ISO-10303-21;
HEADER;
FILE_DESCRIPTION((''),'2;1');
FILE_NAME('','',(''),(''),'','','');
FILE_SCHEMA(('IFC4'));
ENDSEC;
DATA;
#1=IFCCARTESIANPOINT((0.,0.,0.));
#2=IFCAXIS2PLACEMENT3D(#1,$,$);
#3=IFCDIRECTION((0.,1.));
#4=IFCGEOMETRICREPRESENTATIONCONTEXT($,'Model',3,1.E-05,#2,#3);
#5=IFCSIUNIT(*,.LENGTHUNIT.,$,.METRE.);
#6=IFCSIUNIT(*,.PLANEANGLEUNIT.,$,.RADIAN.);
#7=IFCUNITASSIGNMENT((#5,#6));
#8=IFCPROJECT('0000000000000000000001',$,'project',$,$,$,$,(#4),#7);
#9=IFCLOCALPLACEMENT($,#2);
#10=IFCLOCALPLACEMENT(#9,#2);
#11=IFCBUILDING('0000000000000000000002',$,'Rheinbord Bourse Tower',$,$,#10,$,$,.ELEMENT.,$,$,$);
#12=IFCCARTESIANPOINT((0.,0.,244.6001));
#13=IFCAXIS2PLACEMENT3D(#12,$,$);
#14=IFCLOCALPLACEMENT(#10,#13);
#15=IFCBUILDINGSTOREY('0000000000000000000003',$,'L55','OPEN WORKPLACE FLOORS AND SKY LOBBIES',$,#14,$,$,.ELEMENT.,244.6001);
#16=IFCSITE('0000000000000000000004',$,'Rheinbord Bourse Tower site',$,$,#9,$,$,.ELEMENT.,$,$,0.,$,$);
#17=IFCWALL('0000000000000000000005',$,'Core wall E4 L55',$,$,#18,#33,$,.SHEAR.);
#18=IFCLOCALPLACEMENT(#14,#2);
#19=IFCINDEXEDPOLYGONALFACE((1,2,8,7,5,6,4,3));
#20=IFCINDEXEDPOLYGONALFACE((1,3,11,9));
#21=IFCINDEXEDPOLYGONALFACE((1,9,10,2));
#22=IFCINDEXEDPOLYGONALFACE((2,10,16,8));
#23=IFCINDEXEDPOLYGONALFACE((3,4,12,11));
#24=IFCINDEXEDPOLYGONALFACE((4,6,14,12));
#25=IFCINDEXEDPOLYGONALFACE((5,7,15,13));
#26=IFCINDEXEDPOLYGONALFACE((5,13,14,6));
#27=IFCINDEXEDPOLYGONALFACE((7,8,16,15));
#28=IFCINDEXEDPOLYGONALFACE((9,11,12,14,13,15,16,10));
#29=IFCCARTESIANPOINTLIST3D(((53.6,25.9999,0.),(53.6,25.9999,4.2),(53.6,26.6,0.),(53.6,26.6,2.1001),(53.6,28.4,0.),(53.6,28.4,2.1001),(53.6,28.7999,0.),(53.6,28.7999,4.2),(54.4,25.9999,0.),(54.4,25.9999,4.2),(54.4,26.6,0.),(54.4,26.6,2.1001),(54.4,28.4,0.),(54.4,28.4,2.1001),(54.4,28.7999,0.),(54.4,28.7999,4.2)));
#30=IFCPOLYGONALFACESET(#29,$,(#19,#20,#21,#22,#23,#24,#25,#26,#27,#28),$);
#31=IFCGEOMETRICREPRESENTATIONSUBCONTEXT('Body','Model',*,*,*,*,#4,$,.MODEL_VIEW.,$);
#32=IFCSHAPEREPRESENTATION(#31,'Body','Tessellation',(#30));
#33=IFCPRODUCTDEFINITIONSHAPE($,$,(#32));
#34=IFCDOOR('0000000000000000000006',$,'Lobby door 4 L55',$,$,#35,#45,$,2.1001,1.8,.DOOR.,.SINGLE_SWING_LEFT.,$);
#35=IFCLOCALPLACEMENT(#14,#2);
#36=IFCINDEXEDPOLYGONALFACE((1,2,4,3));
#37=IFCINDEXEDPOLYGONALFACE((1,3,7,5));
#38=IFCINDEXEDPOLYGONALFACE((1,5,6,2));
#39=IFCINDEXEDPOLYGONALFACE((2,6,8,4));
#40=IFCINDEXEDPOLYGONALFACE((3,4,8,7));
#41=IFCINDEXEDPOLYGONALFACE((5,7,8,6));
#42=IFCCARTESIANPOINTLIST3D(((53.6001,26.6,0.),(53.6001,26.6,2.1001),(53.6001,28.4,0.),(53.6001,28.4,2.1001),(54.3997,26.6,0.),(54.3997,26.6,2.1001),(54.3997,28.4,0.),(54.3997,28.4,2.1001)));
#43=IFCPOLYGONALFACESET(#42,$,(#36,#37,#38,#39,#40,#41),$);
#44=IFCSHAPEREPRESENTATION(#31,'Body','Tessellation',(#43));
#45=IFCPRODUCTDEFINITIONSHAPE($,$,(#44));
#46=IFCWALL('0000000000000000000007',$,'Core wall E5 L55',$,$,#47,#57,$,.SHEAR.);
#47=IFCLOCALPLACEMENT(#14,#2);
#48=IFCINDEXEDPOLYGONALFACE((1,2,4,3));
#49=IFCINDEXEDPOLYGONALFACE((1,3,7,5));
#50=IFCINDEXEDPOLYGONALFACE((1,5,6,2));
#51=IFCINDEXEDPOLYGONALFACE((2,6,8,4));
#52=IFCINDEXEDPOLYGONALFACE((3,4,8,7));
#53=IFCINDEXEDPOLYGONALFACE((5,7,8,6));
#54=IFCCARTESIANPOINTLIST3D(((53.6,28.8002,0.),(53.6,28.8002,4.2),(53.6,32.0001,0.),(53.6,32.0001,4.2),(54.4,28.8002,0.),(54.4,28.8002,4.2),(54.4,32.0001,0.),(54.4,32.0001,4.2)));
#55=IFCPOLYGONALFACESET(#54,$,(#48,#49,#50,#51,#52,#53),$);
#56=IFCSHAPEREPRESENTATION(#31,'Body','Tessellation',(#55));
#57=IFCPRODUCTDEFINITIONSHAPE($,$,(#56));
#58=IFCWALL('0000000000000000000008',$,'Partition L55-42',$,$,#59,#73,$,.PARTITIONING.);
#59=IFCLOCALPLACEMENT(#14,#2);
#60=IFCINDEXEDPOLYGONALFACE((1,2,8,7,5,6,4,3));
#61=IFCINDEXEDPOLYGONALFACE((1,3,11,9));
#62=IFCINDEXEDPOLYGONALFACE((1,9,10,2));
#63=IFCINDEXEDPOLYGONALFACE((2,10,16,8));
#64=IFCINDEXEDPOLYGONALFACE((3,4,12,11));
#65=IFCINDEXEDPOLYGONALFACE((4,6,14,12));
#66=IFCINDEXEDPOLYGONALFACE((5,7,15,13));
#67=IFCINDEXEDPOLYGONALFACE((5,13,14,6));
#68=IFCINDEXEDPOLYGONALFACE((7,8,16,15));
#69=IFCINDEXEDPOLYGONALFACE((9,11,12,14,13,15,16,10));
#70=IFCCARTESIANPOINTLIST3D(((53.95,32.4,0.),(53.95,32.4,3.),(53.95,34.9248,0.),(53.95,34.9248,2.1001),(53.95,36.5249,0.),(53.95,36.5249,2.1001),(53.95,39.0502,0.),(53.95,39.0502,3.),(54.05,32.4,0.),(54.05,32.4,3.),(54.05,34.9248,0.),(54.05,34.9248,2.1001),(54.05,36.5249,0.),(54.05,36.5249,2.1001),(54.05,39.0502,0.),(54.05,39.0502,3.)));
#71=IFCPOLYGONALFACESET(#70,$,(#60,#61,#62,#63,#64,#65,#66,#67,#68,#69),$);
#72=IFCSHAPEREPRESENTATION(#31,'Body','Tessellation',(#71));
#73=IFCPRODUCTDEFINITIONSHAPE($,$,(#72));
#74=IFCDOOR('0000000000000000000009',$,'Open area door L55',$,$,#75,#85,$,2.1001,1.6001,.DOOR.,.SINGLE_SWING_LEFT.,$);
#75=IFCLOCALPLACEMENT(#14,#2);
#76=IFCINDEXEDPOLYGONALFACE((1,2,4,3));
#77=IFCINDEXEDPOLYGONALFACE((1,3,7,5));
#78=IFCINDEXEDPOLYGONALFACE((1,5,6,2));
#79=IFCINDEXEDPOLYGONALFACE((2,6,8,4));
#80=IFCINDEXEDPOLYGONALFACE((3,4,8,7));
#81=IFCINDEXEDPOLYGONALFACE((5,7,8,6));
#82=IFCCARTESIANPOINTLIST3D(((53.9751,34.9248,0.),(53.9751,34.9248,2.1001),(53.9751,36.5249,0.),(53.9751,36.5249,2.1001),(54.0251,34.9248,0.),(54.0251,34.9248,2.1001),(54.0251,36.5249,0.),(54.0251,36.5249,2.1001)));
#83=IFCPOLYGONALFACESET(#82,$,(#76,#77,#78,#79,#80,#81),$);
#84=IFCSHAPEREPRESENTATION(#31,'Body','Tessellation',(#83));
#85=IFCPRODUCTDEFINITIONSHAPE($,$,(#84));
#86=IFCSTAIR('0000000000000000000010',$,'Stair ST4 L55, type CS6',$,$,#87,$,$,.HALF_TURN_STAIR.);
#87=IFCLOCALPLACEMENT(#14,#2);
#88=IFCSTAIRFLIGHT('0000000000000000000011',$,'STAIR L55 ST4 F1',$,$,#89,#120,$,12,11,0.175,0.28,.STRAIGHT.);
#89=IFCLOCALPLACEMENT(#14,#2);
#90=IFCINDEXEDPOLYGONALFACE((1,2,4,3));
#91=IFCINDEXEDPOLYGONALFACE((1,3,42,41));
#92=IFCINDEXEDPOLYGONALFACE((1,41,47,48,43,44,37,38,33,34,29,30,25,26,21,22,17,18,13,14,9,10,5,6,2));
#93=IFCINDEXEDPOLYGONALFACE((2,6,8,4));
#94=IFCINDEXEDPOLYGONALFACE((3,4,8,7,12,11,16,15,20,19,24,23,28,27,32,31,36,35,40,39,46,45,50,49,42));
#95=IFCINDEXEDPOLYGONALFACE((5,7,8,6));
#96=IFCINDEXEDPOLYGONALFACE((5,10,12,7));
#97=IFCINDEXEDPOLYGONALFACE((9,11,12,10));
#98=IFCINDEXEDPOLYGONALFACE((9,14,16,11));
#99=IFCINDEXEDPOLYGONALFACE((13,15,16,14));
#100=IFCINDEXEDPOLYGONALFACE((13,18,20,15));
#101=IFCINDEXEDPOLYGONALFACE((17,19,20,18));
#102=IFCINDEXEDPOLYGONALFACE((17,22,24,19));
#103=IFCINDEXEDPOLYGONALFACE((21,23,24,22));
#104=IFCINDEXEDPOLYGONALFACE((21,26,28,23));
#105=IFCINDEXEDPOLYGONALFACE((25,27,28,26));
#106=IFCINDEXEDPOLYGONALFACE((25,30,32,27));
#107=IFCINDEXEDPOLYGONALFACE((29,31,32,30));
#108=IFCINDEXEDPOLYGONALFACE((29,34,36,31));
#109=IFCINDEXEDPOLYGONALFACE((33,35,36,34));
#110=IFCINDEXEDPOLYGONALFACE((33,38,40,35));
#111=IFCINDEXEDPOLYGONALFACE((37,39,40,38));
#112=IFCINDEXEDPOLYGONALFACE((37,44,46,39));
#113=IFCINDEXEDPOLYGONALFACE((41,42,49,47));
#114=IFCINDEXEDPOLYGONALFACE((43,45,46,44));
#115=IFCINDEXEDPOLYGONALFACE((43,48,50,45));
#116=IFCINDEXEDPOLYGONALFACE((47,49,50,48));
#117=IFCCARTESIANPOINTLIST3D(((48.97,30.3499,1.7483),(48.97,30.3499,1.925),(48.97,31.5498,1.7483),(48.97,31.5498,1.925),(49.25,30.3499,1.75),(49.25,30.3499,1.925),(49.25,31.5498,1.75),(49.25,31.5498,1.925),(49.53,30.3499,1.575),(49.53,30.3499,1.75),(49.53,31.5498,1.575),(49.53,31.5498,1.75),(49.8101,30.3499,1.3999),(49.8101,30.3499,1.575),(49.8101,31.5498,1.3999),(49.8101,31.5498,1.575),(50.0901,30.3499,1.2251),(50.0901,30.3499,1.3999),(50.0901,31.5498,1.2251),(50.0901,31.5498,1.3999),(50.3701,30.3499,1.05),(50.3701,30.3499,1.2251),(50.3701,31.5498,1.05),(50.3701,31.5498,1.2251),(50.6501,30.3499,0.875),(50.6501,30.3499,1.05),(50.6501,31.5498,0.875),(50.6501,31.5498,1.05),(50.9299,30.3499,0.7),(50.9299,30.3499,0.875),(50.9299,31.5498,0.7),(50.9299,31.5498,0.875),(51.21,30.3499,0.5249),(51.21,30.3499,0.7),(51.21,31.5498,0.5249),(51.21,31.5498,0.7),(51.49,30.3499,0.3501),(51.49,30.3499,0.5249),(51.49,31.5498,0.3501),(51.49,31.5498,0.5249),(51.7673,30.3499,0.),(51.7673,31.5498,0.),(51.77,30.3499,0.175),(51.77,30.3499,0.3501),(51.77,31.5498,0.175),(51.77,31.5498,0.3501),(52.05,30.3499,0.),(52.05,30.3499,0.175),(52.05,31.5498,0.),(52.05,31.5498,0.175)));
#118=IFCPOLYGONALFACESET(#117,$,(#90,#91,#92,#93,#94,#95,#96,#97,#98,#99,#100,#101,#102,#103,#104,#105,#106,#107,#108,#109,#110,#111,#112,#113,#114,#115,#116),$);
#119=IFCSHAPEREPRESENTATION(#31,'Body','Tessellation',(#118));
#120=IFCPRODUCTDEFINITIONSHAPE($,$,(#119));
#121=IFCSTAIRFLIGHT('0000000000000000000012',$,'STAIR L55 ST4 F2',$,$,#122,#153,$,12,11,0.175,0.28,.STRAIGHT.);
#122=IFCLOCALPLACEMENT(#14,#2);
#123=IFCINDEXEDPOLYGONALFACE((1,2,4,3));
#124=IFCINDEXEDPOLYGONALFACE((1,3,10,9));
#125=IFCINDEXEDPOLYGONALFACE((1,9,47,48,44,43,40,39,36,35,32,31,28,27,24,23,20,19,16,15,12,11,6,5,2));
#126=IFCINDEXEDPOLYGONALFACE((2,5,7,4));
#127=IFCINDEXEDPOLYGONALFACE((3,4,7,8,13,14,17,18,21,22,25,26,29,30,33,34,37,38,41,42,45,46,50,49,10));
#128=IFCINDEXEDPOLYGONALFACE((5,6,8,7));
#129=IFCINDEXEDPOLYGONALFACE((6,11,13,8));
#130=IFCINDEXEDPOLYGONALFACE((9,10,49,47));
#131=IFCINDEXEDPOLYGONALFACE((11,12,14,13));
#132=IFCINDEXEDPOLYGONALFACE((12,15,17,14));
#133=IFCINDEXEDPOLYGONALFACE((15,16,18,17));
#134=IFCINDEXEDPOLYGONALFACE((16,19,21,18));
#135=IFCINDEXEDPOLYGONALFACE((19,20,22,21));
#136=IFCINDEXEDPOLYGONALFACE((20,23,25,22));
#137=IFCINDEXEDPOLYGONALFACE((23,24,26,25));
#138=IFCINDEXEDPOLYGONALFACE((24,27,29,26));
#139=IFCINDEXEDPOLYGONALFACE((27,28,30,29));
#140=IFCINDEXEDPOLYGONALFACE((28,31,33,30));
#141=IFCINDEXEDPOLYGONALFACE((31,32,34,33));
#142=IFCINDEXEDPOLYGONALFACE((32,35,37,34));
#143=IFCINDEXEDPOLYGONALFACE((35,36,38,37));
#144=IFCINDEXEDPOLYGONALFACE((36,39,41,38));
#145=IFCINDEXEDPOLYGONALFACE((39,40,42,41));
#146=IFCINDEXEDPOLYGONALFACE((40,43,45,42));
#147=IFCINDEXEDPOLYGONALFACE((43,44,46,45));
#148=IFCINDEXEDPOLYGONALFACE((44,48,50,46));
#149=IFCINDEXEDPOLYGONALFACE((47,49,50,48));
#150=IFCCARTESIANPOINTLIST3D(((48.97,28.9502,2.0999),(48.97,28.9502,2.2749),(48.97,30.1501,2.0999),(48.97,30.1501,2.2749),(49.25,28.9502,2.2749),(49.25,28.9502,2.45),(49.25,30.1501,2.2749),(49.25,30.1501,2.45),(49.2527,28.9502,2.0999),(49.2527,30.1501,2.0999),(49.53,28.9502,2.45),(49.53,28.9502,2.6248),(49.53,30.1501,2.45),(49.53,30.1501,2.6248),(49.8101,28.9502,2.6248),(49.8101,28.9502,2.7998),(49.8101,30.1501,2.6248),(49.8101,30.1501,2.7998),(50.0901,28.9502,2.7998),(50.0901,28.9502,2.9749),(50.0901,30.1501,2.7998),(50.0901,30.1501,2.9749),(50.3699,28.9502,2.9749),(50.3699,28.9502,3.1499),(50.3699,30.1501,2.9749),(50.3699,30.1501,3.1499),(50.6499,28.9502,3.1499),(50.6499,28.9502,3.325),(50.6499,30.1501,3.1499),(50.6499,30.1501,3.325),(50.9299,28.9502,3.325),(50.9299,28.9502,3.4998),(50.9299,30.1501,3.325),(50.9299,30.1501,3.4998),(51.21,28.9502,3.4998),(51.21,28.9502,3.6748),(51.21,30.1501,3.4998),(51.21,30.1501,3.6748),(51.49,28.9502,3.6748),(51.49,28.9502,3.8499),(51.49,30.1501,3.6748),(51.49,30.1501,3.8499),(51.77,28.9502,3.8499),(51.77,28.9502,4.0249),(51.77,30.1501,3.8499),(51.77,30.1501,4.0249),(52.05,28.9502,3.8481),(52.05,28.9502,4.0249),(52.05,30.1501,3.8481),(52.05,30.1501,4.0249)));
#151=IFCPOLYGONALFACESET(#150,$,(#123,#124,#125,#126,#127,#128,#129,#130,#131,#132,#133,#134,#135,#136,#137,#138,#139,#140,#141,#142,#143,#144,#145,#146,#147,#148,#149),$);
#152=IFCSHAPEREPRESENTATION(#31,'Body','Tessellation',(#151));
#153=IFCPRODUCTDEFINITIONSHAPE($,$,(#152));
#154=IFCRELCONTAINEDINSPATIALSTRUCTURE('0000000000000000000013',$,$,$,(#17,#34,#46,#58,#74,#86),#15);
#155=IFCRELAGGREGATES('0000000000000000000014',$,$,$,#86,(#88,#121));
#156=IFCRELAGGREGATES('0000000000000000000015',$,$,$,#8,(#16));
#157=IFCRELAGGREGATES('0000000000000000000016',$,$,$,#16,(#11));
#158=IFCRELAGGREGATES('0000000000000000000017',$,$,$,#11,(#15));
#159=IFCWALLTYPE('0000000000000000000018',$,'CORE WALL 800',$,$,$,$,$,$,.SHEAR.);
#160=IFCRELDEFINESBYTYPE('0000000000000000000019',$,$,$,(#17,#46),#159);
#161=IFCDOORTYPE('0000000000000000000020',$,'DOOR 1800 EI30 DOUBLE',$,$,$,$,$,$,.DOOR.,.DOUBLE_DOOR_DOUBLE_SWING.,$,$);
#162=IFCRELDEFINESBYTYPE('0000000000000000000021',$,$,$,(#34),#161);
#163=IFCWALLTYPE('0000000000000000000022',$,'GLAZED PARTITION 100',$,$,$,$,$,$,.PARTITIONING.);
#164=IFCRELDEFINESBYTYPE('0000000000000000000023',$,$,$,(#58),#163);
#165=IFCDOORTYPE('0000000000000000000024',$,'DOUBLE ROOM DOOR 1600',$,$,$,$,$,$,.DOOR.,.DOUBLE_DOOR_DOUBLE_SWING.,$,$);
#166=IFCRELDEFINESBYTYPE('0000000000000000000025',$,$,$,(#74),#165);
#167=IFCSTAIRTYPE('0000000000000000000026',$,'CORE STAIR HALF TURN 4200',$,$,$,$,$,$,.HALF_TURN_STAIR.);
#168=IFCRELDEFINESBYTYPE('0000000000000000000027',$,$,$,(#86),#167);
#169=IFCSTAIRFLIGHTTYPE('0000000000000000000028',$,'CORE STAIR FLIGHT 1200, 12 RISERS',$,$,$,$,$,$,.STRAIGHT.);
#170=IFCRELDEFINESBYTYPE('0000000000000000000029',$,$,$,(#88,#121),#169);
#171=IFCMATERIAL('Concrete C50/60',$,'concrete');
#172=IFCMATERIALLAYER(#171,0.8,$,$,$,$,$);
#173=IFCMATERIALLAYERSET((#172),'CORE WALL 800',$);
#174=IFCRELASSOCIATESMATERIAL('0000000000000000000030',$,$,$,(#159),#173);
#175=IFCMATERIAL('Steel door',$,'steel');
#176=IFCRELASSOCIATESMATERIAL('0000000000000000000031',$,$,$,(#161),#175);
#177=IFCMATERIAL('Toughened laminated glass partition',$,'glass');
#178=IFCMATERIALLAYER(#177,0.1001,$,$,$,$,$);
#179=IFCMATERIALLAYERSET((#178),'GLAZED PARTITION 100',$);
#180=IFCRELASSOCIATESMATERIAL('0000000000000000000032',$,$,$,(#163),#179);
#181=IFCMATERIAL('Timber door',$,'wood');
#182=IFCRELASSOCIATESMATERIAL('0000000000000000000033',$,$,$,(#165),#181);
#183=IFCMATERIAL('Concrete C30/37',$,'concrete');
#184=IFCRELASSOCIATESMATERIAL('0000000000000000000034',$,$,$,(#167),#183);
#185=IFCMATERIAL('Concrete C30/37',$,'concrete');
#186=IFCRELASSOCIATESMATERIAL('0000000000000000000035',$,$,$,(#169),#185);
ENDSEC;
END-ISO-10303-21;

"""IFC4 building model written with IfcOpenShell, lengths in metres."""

from ifc_helpers import new_model, si_unit, direction, frame, frame_2d, origin, place, context, subcontext, project, spatial, polyline, rectangle, outline, extrude, material, layer, layer_set, type_object, element, fill, aggregate, save


model = new_model("IFC4")

# Units and contexts
model_context = context("Model", 3, precision=1e-05, world=origin(), true_north=direction((0.0, 1.0)))
body_context = subcontext(model_context, "Body", "Model", "MODEL_VIEW")
ifc_project = project(units=[si_unit("LENGTHUNIT", "METRE"), si_unit("PLANEANGLEUNIT", "RADIAN")], contexts=[model_context])

# Site, building, storey
site_placement = place(None, origin())
site = spatial("IfcSite", under=ifc_project, at=site_placement, Name="Rheinbord Bourse Tower site", CompositionType="ELEMENT", RefElevation=0.0)
building_placement = place(site_placement, origin())
building = spatial("IfcBuilding", under=site, at=building_placement, Name="Rheinbord Bourse Tower", CompositionType="ELEMENT")
storey_placement = place(building_placement, frame((0.0, 0.0, 244.6001)))
storey = spatial("IfcBuildingStorey", under=building, at=storey_placement, Name="L55", Description="OPEN WORKPLACE FLOORS AND SKY LOBBIES", CompositionType="ELEMENT", Elevation=244.6001)

# Shared definitions
ifc_material_1 = material(Name="Concrete C50/60", Category="concrete")
ifc_layer_1 = layer(ifc_material_1, 0.8)
ifc_layer_set_1 = layer_set([ifc_layer_1], Name="CORE WALL 800")
wall_type_1 = type_object("IfcWallType", Name="CORE WALL 800", PredefinedType="SHEAR", material=ifc_layer_set_1)

# Wall, opening, door
wall_1_placement = place(storey_placement, frame((54.0, 26.0, 0.0), z_axis=(0.0, 0.0, 1.0), x_axis=(0.0, 1.0, 0.0)))
wall_1 = element("IfcWall", 1, at=wall_1_placement, inside=storey, type_object=wall_type_1, Name="Core wall E4 L55", PredefinedType="SHEAR", context=body_context, shape_type="SweptSolid", body=[
    extrude(rectangle(XDim=2.8, YDim=0.8, at=frame_2d((1.3999, 0.0))), origin(), (0.0, 0.0, 1.0), 4.2),
])
opening_1_placement = place(wall_1_placement, frame((0.6001, 0.0, 0.0)))
opening_1 = element("IfcOpeningElement", 2, at=opening_1_placement, cuts=wall_1, PredefinedType="OPENING", context=body_context, shape_type="SweptSolid", body=[
    extrude(rectangle(XDim=1.8, YDim=2.1001, at=frame_2d((0.8999, 1.05))), frame((0.0, 0.4099, 0.0), z_axis=(0.0, -1.0, 0.0), x_axis=(1.0, 0.0, 0.0)), (0.0, 0.0, 1.0), 0.8201),
])
ifc_material_2 = material(Name="Steel door", Category="steel")
door_type_1 = type_object("IfcDoorType", Name="DOOR 1800 EI30 DOUBLE", OperationType="DOUBLE_DOOR_DOUBLE_SWING", PredefinedType="DOOR", material=ifc_material_2)
door_1_placement = place(opening_1_placement, origin())
door_1 = element("IfcDoor", 3, at=door_1_placement, inside=storey, type_object=door_type_1, Name="Lobby door 4 L55", OperationType="SINGLE_SWING_LEFT", OverallHeight=2.1001, OverallWidth=1.8, PredefinedType="DOOR", context=body_context, shape_type="SweptSolid", body=[
    extrude(rectangle(XDim=1.8, YDim=2.1001, at=frame_2d((0.8999, 1.05))), frame((0.0, 0.3999, 0.0), z_axis=(0.0, -1.0, 0.0), x_axis=(1.0, 0.0, 0.0)), (0.0, 0.0, 1.0), 0.7996),
])
fill(opening_1, door_1)

# Wall
wall_2_placement = place(storey_placement, frame((54.0, 28.8, 0.0), z_axis=(0.0, 0.0, 1.0), x_axis=(0.0, 1.0, 0.0)))
element("IfcWall", 4, at=wall_2_placement, inside=storey, type_object=wall_type_1, Name="Core wall E5 L55", PredefinedType="SHEAR", context=body_context, shape_type="SweptSolid", body=[
    extrude(rectangle(XDim=3.2, YDim=0.8, at=frame_2d((1.6001, 0.0))), origin(), (0.0, 0.0, 1.0), 4.2),
])

# Wall, opening, door
ifc_material_3 = material(Name="Toughened laminated glass partition", Category="glass")
ifc_layer_2 = layer(ifc_material_3, 0.1001)
ifc_layer_set_2 = layer_set([ifc_layer_2], Name="GLAZED PARTITION 100")
wall_type_2 = type_object("IfcWallType", Name="GLAZED PARTITION 100", PredefinedType="PARTITIONING", material=ifc_layer_set_2)
wall_3_placement = place(storey_placement, frame((54.0, 32.3999, 0.0), z_axis=(0.0, 0.0, 1.0), x_axis=(0.0, 1.0, 0.0)))
wall_3 = element("IfcWall", 5, at=wall_3_placement, inside=storey, type_object=wall_type_2, Name="Partition L55-42", PredefinedType="PARTITIONING", context=body_context, shape_type="SweptSolid", body=[
    extrude(rectangle(XDim=6.6501, YDim=0.1001, at=frame_2d((3.3252, 0.0))), origin(), (0.0, 0.0, 1.0), 3.0),
])
opening_2_placement = place(wall_3_placement, frame((2.5249, 0.0, 0.0)))
opening_2 = element("IfcOpeningElement", 6, at=opening_2_placement, cuts=wall_3, PredefinedType="OPENING", context=body_context, shape_type="SweptSolid", body=[
    extrude(rectangle(XDim=1.6001, YDim=2.1001, at=frame_2d((0.8, 1.05))), frame((0.0, 0.0601, 0.0), z_axis=(0.0, -1.0, 0.0), x_axis=(1.0, 0.0, 0.0)), (0.0, 0.0, 1.0), 0.1201),
])
ifc_material_4 = material(Name="Timber door", Category="wood")
door_type_2 = type_object("IfcDoorType", Name="DOUBLE ROOM DOOR 1600", OperationType="DOUBLE_DOOR_DOUBLE_SWING", PredefinedType="DOOR", material=ifc_material_4)
door_2_placement = place(opening_2_placement, origin())
door_2 = element("IfcDoor", 7, at=door_2_placement, inside=storey, type_object=door_type_2, Name="Open area door L55", OperationType="SINGLE_SWING_LEFT", OverallHeight=2.1001, OverallWidth=1.6001, PredefinedType="DOOR", context=body_context, shape_type="SweptSolid", body=[
    extrude(rectangle(XDim=1.6001, YDim=2.1001, at=frame_2d((0.8, 1.05))), frame((0.0, 0.0249, 0.0), z_axis=(0.0, -1.0, 0.0), x_axis=(1.0, 0.0, 0.0)), (0.0, 0.0, 1.0), 0.05),
])
fill(opening_2, door_2)

# Stair, stair flights
ifc_material_5 = material(Name="Concrete C30/37", Category="concrete")
stair_type = type_object("IfcStairType", Name="CORE STAIR HALF TURN 4200", PredefinedType="HALF_TURN_STAIR", material=ifc_material_5)
stair_placement = place(storey_placement, origin())
stair = element("IfcStair", 8, at=stair_placement, inside=storey, type_object=stair_type, Name="Stair ST4 L55, type CS6", PredefinedType="HALF_TURN_STAIR")
ifc_material_6 = material(Name="Concrete C30/37", Category="concrete")
stair_flight_type = type_object("IfcStairFlightType", Name="CORE STAIR FLIGHT 1200, 12 RISERS", PredefinedType="STRAIGHT", material=ifc_material_6)
stair_flight_1_placement = place(storey_placement, frame((52.05, 30.95, 0.0), z_axis=(0.0, 0.0, 1.0), x_axis=(-1.0, 0.0, 0.0)))
stair_flight_1 = element("IfcStairFlight", 9, at=stair_flight_1_placement, type_object=stair_flight_type, Name="STAIR L55 ST4 F1", NumberOfRisers=12, NumberOfTreads=11, PredefinedType="STRAIGHT", RiserHeight=0.175, TreadLength=0.28, context=body_context, shape_type="SweptSolid", body=[
    extrude(outline(polyline([(0.0, 0.0), (0.0, 0.175), (0.28, 0.175), (0.28, 0.3501), (0.5601, 0.3501), (0.5601, 0.5249), (0.8401, 0.5249), (0.8401, 0.7), (1.1201, 0.7), (1.1201, 0.875), (1.3999, 0.875), (1.3999, 1.05), (1.6799, 1.05), (1.6799, 1.2251), (1.96, 1.2251), (1.96, 1.3999), (2.24, 1.3999), (2.24, 1.575), (2.52, 1.575), (2.52, 1.75), (2.8, 1.75), (2.8, 1.925), (3.0801, 1.925), (3.0801, 2.1001), (3.0801, 1.7483), (0.2827, 0.0), (0.0, 0.0)])), frame((0.0, 0.6001, 0.0), z_axis=(0.0, -1.0, 0.0), x_axis=(1.0, 0.0, 0.0)), (0.0, 0.0, 1.0), 1.2),
])
stair_flight_2_placement = place(storey_placement, frame((48.97, 29.55, 2.0999), z_axis=(0.0, 0.0, 1.0), x_axis=(1.0, 0.0, 0.0)))
stair_flight_2 = element("IfcStairFlight", 10, at=stair_flight_2_placement, type_object=stair_flight_type, Name="STAIR L55 ST4 F2", NumberOfRisers=12, NumberOfTreads=11, PredefinedType="STRAIGHT", RiserHeight=0.175, TreadLength=0.28, context=body_context, shape_type="SweptSolid", body=[
    extrude(outline(polyline([(0.0, 0.0), (0.0, 0.175), (0.28, 0.175), (0.28, 0.3501), (0.5601, 0.3501), (0.5601, 0.5249), (0.8401, 0.5249), (0.8401, 0.7), (1.1201, 0.7), (1.1201, 0.875), (1.3999, 0.875), (1.3999, 1.05), (1.6799, 1.05), (1.6799, 1.2251), (1.96, 1.2251), (1.96, 1.3999), (2.24, 1.3999), (2.24, 1.575), (2.52, 1.575), (2.52, 1.75), (2.8, 1.75), (2.8, 1.925), (3.0801, 1.925), (3.0801, 2.1001), (3.0801, 1.7483), (0.2827, 0.0), (0.0, 0.0)])), frame((0.0, 0.6001, 0.0), z_axis=(0.0, -1.0, 0.0), x_axis=(1.0, 0.0, 0.0)), (0.0, 0.0, 1.0), 1.2),
])
aggregate(stair, [stair_flight_1, stair_flight_2])

save(model, "model.ifc")
